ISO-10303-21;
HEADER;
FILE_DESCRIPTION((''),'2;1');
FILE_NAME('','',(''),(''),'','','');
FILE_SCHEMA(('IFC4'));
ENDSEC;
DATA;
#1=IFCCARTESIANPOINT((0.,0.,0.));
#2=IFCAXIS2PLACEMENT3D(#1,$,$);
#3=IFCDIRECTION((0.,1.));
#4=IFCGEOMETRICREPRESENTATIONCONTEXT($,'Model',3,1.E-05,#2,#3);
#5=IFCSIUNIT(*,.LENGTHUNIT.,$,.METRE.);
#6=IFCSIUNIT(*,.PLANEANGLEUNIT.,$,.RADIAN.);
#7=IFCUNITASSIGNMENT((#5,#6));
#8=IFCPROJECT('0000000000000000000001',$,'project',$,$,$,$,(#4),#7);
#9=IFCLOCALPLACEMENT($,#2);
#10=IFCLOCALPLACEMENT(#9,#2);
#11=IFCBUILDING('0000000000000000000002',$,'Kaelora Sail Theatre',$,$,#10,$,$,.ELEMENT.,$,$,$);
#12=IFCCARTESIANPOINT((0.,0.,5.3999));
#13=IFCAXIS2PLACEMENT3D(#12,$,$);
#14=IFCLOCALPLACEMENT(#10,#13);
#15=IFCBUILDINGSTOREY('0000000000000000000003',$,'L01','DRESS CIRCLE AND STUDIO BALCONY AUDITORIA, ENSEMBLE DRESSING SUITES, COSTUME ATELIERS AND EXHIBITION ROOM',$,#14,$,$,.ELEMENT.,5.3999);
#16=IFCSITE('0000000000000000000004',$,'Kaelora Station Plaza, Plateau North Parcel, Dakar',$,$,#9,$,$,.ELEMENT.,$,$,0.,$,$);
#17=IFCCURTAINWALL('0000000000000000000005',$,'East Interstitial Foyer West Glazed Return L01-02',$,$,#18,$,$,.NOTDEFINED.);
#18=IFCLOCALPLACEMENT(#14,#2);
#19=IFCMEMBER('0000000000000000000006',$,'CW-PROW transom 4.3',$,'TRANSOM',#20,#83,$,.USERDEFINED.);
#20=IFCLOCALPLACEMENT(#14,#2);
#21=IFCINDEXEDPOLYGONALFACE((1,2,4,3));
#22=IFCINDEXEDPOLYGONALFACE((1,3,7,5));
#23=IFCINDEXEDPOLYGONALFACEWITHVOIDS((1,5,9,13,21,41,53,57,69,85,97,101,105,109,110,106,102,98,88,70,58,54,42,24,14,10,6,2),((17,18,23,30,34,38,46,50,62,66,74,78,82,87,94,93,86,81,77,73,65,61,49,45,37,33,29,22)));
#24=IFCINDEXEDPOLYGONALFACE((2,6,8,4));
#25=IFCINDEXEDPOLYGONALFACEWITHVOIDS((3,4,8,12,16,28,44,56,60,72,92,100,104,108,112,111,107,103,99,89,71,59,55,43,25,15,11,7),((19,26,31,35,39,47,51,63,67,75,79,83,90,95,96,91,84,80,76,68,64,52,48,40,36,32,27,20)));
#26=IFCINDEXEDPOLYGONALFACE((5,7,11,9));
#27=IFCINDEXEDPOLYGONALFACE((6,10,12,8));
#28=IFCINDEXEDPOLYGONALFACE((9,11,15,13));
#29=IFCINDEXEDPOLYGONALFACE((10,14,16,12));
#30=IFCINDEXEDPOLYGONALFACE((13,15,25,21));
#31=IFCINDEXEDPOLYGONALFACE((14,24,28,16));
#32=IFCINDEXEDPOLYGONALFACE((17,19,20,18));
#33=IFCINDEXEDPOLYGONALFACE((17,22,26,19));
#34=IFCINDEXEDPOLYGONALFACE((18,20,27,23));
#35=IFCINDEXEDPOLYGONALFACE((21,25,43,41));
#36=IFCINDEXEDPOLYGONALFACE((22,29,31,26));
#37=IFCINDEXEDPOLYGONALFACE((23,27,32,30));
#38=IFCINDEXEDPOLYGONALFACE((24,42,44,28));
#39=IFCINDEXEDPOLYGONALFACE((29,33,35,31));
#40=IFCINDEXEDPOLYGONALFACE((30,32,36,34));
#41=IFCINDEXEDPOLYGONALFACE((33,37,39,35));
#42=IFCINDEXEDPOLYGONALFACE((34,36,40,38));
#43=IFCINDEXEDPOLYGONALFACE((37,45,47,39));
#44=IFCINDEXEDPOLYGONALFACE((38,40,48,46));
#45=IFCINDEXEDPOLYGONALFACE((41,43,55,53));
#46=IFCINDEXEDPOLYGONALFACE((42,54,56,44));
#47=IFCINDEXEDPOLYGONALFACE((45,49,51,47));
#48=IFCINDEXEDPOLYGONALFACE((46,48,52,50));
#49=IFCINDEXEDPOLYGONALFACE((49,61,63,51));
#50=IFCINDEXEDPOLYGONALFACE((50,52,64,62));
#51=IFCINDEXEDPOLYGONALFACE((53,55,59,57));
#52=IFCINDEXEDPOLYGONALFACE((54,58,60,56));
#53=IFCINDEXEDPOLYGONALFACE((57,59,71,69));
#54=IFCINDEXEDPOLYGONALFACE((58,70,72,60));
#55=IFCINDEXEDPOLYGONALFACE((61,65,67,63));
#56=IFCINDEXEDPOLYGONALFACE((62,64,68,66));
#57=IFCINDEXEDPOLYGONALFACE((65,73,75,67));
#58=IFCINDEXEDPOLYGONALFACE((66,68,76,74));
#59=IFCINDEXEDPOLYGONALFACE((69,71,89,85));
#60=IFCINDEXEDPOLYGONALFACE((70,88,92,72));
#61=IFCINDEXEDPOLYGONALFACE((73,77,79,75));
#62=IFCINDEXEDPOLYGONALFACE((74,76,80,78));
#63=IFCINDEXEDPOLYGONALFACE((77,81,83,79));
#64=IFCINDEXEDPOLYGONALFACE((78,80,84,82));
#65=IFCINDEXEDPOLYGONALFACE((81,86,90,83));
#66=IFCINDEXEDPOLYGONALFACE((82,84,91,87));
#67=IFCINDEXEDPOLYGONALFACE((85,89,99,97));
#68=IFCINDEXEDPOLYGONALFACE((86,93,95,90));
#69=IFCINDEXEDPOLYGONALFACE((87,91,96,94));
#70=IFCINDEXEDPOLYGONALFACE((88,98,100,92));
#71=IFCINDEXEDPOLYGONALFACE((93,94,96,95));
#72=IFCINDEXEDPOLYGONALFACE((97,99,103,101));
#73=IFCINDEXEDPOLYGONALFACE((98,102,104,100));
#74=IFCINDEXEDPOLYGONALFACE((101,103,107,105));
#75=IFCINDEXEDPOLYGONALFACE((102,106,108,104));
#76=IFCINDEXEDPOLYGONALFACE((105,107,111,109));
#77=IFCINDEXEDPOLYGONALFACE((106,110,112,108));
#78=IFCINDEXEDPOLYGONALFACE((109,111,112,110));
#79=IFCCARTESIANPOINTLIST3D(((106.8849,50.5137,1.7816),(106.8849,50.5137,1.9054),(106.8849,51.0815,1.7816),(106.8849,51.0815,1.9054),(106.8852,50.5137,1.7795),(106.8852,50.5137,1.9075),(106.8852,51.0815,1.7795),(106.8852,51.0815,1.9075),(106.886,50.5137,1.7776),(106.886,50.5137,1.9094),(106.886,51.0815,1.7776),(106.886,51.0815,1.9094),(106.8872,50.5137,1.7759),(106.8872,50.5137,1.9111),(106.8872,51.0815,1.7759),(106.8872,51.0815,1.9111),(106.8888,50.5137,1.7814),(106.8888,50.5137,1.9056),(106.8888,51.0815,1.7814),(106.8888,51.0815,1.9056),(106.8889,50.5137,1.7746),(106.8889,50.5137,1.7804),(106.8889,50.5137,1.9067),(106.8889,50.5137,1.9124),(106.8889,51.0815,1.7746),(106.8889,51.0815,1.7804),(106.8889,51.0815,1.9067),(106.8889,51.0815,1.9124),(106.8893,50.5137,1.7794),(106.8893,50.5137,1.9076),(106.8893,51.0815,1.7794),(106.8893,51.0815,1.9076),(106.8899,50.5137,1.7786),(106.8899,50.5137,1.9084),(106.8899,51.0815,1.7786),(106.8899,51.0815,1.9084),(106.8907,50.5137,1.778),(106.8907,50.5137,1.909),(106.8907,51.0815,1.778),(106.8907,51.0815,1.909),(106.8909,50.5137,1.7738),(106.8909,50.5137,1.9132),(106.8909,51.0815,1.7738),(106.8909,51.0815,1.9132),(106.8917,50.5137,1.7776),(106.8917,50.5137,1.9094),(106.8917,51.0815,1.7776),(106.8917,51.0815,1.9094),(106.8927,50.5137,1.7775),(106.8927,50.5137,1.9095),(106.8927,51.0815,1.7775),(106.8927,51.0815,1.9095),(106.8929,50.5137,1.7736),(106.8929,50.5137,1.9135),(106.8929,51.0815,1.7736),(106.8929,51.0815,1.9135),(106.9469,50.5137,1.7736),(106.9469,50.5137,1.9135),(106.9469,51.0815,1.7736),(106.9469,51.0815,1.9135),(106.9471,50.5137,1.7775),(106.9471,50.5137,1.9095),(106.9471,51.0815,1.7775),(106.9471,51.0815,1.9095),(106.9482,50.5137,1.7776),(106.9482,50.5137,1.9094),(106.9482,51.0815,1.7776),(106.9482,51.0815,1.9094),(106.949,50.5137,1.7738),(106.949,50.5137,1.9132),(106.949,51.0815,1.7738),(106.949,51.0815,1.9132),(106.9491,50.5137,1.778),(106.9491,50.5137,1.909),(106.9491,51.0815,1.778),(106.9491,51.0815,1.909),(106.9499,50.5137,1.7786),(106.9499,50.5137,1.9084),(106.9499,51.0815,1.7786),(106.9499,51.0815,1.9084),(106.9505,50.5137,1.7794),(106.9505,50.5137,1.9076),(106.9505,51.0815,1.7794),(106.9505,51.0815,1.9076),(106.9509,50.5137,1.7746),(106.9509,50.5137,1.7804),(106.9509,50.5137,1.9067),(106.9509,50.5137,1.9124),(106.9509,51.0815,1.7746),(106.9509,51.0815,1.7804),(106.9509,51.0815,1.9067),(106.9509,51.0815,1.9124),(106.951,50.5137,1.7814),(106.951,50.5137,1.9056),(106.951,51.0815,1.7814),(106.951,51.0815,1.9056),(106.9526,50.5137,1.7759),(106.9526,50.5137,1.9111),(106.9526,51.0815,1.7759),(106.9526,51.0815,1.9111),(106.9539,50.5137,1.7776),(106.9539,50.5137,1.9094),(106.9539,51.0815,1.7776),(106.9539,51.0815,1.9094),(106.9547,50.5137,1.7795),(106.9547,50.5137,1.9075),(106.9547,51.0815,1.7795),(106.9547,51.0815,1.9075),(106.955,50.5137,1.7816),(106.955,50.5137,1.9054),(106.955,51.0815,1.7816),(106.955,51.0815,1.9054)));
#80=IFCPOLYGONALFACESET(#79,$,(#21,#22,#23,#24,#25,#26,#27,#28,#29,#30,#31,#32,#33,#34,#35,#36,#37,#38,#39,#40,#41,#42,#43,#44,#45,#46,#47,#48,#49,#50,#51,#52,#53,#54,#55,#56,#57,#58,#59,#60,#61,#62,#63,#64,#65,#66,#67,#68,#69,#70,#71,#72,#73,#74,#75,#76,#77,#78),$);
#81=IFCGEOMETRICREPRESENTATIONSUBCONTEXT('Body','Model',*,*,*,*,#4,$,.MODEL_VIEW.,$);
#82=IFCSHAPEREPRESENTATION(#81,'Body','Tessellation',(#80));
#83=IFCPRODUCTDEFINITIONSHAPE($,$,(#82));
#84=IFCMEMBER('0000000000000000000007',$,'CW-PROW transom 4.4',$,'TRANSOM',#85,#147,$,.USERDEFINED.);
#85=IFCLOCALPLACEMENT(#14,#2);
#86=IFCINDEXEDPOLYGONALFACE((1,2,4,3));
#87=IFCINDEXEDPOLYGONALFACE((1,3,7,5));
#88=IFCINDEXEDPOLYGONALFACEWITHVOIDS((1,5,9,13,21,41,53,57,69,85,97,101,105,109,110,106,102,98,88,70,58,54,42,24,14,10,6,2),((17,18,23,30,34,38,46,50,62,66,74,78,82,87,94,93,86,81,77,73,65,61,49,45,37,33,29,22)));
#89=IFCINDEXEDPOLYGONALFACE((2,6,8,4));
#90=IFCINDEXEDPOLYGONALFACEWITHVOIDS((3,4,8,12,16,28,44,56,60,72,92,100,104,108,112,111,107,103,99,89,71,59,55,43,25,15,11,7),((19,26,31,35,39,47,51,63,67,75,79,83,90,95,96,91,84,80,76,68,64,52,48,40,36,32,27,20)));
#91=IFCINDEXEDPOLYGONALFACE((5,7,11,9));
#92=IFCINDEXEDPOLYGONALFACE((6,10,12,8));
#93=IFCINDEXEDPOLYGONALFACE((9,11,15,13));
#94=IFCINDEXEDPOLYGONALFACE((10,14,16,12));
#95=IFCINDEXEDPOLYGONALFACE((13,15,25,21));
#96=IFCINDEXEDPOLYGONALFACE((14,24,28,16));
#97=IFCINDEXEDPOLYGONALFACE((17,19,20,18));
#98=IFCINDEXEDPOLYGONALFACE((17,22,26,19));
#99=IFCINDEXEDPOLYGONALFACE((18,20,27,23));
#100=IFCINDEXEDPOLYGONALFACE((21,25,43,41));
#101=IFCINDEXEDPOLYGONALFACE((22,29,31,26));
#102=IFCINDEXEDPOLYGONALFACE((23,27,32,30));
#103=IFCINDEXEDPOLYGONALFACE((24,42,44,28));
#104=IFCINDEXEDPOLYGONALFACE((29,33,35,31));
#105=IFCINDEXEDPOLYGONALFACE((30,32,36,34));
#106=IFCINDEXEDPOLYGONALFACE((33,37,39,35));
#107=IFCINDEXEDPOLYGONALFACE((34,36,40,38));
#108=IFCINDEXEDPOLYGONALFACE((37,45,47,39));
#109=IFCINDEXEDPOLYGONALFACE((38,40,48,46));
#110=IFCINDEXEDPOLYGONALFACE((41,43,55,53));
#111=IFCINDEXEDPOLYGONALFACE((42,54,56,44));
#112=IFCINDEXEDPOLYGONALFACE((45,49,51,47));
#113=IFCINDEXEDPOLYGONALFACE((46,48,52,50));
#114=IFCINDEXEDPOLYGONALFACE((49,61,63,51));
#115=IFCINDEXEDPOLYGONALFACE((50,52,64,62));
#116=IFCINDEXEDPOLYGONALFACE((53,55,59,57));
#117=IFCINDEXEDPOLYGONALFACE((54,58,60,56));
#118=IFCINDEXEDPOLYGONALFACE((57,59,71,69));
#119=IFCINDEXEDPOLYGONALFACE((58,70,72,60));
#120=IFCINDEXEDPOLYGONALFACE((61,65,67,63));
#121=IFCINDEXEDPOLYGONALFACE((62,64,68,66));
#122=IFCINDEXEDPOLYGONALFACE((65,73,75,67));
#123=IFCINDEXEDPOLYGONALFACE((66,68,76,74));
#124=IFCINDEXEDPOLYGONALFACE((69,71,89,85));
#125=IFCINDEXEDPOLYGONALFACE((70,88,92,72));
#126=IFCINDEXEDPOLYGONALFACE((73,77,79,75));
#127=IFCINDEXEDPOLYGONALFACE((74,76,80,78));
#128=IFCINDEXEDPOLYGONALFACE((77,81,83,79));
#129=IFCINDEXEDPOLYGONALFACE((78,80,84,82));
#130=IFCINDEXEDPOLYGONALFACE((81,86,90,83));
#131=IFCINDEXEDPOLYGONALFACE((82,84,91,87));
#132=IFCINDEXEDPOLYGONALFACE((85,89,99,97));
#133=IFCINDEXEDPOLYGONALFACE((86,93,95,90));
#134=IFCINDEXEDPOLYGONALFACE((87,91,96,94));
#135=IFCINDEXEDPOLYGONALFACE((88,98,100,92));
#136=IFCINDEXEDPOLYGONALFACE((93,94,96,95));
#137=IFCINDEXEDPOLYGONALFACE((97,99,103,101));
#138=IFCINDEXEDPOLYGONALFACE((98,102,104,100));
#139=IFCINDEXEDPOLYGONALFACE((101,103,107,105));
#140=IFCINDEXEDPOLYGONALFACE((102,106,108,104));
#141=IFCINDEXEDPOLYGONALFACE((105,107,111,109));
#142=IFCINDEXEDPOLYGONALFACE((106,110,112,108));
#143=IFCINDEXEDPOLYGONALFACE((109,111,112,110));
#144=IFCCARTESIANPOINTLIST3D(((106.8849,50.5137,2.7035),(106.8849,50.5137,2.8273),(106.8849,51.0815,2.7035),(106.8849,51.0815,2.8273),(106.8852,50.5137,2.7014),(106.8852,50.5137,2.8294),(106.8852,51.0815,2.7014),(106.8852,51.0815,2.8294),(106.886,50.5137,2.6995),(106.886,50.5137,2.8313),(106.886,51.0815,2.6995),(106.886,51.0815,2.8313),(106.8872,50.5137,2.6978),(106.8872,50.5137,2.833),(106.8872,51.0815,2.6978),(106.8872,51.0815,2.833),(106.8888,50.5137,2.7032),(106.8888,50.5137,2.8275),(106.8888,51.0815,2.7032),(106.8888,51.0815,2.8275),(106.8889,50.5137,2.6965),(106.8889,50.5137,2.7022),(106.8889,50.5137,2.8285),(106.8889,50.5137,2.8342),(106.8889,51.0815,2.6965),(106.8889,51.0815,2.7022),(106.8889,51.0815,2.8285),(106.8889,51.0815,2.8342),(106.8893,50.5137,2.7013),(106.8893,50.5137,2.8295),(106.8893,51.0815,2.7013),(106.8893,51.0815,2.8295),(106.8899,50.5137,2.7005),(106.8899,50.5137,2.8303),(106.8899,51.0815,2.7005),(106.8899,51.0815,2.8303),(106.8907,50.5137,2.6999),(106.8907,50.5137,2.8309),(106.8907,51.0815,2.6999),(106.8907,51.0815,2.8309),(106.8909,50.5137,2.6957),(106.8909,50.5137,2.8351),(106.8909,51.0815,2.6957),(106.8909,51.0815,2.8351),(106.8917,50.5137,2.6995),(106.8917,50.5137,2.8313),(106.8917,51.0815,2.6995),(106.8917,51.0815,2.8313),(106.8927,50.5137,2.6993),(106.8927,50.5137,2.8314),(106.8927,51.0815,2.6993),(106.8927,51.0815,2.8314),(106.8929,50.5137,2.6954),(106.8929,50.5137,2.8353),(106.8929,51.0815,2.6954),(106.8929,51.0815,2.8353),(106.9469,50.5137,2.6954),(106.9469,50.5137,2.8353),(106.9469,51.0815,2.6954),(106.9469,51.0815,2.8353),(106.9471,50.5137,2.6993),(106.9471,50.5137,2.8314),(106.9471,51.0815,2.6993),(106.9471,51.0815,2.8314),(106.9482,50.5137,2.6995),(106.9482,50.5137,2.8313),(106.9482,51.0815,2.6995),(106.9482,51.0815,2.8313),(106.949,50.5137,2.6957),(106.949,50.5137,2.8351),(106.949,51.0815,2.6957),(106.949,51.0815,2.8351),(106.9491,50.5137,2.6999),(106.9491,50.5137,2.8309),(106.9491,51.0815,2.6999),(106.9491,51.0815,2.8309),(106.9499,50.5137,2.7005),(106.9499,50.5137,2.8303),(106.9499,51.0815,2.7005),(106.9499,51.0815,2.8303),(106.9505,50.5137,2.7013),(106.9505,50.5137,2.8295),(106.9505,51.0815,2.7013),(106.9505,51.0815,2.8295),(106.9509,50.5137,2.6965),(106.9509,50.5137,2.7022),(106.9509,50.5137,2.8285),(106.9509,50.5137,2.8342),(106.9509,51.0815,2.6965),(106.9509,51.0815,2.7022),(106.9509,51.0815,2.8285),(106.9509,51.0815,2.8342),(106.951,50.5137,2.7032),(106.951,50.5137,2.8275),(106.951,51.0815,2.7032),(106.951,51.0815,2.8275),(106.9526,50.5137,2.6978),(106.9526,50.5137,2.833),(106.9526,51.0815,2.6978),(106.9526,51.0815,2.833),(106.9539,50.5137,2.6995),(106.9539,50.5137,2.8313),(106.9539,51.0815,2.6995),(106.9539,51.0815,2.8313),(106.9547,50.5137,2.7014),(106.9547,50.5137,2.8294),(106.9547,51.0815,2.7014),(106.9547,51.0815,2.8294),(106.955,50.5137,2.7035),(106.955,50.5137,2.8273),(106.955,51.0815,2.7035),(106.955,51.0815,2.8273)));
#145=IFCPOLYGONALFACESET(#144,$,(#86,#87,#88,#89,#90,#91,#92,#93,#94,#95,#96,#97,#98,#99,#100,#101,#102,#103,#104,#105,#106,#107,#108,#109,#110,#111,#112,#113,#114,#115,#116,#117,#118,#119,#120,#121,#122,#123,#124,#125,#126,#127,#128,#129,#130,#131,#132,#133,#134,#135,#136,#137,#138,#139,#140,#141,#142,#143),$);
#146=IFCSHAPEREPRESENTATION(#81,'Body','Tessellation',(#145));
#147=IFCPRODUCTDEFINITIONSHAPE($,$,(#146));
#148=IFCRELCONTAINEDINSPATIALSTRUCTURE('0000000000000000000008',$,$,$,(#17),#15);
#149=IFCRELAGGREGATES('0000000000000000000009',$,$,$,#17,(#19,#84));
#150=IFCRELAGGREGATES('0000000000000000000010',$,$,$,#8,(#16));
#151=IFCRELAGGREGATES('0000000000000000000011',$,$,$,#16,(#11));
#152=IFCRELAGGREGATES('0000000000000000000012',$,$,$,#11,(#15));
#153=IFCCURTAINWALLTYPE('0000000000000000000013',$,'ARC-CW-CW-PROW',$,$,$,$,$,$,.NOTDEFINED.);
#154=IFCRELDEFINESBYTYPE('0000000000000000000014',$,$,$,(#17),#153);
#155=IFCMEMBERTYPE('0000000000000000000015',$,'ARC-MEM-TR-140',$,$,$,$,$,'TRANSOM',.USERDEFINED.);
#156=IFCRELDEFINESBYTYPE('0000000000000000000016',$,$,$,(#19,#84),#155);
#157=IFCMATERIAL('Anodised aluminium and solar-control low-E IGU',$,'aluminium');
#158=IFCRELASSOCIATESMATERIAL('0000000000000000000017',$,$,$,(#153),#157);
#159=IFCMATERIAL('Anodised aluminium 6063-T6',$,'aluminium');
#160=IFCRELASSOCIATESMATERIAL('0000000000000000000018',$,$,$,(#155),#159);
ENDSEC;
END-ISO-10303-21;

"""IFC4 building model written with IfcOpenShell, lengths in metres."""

from ifc_helpers import new_model, si_unit, direction, frame, origin, origin_2d, place, context, subcontext, project, spatial, hollow_rectangle, extrude, material, material_profile, profile_set, type_object, element, aggregate, save


model = new_model("IFC4")

# Units and contexts
model_context = context("Model", 3, precision=1e-05, world=origin(), true_north=direction((0.0, 1.0)))
body_context = subcontext(model_context, "Body", "Model", "MODEL_VIEW")
ifc_project = project(units=[si_unit("LENGTHUNIT", "METRE"), si_unit("PLANEANGLEUNIT", "RADIAN")], contexts=[model_context])

# Site, building, storey
site_placement = place(None, origin())
site = spatial("IfcSite", under=ifc_project, at=site_placement, Name="Kaelora Station Plaza, Plateau North Parcel, Dakar", CompositionType="ELEMENT", RefElevation=0.0)
building_placement = place(site_placement, origin())
building = spatial("IfcBuilding", under=site, at=building_placement, Name="Kaelora Sail Theatre", CompositionType="ELEMENT")
storey_placement = place(building_placement, frame((0.0, 0.0, 5.3999)))
storey = spatial("IfcBuildingStorey", under=building, at=storey_placement, Name="L01", Description="DRESS CIRCLE AND STUDIO BALCONY AUDITORIA, ENSEMBLE DRESSING SUITES, COSTUME ATELIERS AND EXHIBITION ROOM", CompositionType="ELEMENT", Elevation=5.3999)

# Curtain wall, members
ifc_material_1 = material(Name="Anodised aluminium and solar-control low-E IGU", Category="aluminium")
curtain_wall_type = type_object("IfcCurtainWallType", Name="ARC-CW-CW-PROW", PredefinedType="NOTDEFINED", material=ifc_material_1)
curtain_wall_placement = place(storey_placement, origin())
curtain_wall = element("IfcCurtainWall", 1, at=curtain_wall_placement, inside=storey, type_object=curtain_wall_type, Name="East Interstitial Foyer West Glazed Return L01-02", PredefinedType="NOTDEFINED")
ifc_material_2 = material(Name="Anodised aluminium 6063-T6", Category="aluminium")
ifc_material_profile_1 = material_profile(ifc_material_2, hollow_rectangle(XDim=0.0701, YDim=0.1399, WallThickness=0.0039, InnerFilletRadius=0.0039, OuterFilletRadius=0.0081, at=origin_2d()), Name="ALU-TRAN 70x140x4")
ifc_profile_set_1 = profile_set([ifc_material_profile_1], Name="Anodised aluminium 6063-T6")
member_type_1 = type_object("IfcMemberType", Name="ARC-MEM-TR-140", ElementType="TRANSOM", PredefinedType="USERDEFINED", material=ifc_profile_set_1)
member_1_placement = place(storey_placement, frame((106.9199, 50.5137, 1.8435), z_axis=(0.0, 1.0, 0.0), x_axis=(-1.0, 0.0, 0.0)))
member_1 = element("IfcMember", 2, at=member_1_placement, type_object=member_type_1, Name="CW-PROW transom 4.3", ObjectType="TRANSOM", PredefinedType="USERDEFINED", context=body_context, shape_type="SweptSolid", body=[
    extrude(hollow_rectangle(XDim=0.0701, YDim=0.1399, WallThickness=0.0039, InnerFilletRadius=0.0039, OuterFilletRadius=0.0081, at=origin_2d()), origin(), (0.0, 0.0, 1.0), 0.5679),
])
member_2_placement = place(storey_placement, frame((106.9199, 50.5137, 2.7654), z_axis=(0.0, 1.0, 0.0), x_axis=(-1.0, 0.0, 0.0)))
member_2 = element("IfcMember", 3, at=member_2_placement, type_object=member_type_1, Name="CW-PROW transom 4.4", ObjectType="TRANSOM", PredefinedType="USERDEFINED", context=body_context, shape_type="SweptSolid", body=[
    extrude(hollow_rectangle(XDim=0.0701, YDim=0.1399, WallThickness=0.0039, InnerFilletRadius=0.0039, OuterFilletRadius=0.0081, at=origin_2d()), origin(), (0.0, 0.0, 1.0), 0.5679),
])

aggregate(curtain_wall, [member_1, member_2])

save(model, "model.ifc")
